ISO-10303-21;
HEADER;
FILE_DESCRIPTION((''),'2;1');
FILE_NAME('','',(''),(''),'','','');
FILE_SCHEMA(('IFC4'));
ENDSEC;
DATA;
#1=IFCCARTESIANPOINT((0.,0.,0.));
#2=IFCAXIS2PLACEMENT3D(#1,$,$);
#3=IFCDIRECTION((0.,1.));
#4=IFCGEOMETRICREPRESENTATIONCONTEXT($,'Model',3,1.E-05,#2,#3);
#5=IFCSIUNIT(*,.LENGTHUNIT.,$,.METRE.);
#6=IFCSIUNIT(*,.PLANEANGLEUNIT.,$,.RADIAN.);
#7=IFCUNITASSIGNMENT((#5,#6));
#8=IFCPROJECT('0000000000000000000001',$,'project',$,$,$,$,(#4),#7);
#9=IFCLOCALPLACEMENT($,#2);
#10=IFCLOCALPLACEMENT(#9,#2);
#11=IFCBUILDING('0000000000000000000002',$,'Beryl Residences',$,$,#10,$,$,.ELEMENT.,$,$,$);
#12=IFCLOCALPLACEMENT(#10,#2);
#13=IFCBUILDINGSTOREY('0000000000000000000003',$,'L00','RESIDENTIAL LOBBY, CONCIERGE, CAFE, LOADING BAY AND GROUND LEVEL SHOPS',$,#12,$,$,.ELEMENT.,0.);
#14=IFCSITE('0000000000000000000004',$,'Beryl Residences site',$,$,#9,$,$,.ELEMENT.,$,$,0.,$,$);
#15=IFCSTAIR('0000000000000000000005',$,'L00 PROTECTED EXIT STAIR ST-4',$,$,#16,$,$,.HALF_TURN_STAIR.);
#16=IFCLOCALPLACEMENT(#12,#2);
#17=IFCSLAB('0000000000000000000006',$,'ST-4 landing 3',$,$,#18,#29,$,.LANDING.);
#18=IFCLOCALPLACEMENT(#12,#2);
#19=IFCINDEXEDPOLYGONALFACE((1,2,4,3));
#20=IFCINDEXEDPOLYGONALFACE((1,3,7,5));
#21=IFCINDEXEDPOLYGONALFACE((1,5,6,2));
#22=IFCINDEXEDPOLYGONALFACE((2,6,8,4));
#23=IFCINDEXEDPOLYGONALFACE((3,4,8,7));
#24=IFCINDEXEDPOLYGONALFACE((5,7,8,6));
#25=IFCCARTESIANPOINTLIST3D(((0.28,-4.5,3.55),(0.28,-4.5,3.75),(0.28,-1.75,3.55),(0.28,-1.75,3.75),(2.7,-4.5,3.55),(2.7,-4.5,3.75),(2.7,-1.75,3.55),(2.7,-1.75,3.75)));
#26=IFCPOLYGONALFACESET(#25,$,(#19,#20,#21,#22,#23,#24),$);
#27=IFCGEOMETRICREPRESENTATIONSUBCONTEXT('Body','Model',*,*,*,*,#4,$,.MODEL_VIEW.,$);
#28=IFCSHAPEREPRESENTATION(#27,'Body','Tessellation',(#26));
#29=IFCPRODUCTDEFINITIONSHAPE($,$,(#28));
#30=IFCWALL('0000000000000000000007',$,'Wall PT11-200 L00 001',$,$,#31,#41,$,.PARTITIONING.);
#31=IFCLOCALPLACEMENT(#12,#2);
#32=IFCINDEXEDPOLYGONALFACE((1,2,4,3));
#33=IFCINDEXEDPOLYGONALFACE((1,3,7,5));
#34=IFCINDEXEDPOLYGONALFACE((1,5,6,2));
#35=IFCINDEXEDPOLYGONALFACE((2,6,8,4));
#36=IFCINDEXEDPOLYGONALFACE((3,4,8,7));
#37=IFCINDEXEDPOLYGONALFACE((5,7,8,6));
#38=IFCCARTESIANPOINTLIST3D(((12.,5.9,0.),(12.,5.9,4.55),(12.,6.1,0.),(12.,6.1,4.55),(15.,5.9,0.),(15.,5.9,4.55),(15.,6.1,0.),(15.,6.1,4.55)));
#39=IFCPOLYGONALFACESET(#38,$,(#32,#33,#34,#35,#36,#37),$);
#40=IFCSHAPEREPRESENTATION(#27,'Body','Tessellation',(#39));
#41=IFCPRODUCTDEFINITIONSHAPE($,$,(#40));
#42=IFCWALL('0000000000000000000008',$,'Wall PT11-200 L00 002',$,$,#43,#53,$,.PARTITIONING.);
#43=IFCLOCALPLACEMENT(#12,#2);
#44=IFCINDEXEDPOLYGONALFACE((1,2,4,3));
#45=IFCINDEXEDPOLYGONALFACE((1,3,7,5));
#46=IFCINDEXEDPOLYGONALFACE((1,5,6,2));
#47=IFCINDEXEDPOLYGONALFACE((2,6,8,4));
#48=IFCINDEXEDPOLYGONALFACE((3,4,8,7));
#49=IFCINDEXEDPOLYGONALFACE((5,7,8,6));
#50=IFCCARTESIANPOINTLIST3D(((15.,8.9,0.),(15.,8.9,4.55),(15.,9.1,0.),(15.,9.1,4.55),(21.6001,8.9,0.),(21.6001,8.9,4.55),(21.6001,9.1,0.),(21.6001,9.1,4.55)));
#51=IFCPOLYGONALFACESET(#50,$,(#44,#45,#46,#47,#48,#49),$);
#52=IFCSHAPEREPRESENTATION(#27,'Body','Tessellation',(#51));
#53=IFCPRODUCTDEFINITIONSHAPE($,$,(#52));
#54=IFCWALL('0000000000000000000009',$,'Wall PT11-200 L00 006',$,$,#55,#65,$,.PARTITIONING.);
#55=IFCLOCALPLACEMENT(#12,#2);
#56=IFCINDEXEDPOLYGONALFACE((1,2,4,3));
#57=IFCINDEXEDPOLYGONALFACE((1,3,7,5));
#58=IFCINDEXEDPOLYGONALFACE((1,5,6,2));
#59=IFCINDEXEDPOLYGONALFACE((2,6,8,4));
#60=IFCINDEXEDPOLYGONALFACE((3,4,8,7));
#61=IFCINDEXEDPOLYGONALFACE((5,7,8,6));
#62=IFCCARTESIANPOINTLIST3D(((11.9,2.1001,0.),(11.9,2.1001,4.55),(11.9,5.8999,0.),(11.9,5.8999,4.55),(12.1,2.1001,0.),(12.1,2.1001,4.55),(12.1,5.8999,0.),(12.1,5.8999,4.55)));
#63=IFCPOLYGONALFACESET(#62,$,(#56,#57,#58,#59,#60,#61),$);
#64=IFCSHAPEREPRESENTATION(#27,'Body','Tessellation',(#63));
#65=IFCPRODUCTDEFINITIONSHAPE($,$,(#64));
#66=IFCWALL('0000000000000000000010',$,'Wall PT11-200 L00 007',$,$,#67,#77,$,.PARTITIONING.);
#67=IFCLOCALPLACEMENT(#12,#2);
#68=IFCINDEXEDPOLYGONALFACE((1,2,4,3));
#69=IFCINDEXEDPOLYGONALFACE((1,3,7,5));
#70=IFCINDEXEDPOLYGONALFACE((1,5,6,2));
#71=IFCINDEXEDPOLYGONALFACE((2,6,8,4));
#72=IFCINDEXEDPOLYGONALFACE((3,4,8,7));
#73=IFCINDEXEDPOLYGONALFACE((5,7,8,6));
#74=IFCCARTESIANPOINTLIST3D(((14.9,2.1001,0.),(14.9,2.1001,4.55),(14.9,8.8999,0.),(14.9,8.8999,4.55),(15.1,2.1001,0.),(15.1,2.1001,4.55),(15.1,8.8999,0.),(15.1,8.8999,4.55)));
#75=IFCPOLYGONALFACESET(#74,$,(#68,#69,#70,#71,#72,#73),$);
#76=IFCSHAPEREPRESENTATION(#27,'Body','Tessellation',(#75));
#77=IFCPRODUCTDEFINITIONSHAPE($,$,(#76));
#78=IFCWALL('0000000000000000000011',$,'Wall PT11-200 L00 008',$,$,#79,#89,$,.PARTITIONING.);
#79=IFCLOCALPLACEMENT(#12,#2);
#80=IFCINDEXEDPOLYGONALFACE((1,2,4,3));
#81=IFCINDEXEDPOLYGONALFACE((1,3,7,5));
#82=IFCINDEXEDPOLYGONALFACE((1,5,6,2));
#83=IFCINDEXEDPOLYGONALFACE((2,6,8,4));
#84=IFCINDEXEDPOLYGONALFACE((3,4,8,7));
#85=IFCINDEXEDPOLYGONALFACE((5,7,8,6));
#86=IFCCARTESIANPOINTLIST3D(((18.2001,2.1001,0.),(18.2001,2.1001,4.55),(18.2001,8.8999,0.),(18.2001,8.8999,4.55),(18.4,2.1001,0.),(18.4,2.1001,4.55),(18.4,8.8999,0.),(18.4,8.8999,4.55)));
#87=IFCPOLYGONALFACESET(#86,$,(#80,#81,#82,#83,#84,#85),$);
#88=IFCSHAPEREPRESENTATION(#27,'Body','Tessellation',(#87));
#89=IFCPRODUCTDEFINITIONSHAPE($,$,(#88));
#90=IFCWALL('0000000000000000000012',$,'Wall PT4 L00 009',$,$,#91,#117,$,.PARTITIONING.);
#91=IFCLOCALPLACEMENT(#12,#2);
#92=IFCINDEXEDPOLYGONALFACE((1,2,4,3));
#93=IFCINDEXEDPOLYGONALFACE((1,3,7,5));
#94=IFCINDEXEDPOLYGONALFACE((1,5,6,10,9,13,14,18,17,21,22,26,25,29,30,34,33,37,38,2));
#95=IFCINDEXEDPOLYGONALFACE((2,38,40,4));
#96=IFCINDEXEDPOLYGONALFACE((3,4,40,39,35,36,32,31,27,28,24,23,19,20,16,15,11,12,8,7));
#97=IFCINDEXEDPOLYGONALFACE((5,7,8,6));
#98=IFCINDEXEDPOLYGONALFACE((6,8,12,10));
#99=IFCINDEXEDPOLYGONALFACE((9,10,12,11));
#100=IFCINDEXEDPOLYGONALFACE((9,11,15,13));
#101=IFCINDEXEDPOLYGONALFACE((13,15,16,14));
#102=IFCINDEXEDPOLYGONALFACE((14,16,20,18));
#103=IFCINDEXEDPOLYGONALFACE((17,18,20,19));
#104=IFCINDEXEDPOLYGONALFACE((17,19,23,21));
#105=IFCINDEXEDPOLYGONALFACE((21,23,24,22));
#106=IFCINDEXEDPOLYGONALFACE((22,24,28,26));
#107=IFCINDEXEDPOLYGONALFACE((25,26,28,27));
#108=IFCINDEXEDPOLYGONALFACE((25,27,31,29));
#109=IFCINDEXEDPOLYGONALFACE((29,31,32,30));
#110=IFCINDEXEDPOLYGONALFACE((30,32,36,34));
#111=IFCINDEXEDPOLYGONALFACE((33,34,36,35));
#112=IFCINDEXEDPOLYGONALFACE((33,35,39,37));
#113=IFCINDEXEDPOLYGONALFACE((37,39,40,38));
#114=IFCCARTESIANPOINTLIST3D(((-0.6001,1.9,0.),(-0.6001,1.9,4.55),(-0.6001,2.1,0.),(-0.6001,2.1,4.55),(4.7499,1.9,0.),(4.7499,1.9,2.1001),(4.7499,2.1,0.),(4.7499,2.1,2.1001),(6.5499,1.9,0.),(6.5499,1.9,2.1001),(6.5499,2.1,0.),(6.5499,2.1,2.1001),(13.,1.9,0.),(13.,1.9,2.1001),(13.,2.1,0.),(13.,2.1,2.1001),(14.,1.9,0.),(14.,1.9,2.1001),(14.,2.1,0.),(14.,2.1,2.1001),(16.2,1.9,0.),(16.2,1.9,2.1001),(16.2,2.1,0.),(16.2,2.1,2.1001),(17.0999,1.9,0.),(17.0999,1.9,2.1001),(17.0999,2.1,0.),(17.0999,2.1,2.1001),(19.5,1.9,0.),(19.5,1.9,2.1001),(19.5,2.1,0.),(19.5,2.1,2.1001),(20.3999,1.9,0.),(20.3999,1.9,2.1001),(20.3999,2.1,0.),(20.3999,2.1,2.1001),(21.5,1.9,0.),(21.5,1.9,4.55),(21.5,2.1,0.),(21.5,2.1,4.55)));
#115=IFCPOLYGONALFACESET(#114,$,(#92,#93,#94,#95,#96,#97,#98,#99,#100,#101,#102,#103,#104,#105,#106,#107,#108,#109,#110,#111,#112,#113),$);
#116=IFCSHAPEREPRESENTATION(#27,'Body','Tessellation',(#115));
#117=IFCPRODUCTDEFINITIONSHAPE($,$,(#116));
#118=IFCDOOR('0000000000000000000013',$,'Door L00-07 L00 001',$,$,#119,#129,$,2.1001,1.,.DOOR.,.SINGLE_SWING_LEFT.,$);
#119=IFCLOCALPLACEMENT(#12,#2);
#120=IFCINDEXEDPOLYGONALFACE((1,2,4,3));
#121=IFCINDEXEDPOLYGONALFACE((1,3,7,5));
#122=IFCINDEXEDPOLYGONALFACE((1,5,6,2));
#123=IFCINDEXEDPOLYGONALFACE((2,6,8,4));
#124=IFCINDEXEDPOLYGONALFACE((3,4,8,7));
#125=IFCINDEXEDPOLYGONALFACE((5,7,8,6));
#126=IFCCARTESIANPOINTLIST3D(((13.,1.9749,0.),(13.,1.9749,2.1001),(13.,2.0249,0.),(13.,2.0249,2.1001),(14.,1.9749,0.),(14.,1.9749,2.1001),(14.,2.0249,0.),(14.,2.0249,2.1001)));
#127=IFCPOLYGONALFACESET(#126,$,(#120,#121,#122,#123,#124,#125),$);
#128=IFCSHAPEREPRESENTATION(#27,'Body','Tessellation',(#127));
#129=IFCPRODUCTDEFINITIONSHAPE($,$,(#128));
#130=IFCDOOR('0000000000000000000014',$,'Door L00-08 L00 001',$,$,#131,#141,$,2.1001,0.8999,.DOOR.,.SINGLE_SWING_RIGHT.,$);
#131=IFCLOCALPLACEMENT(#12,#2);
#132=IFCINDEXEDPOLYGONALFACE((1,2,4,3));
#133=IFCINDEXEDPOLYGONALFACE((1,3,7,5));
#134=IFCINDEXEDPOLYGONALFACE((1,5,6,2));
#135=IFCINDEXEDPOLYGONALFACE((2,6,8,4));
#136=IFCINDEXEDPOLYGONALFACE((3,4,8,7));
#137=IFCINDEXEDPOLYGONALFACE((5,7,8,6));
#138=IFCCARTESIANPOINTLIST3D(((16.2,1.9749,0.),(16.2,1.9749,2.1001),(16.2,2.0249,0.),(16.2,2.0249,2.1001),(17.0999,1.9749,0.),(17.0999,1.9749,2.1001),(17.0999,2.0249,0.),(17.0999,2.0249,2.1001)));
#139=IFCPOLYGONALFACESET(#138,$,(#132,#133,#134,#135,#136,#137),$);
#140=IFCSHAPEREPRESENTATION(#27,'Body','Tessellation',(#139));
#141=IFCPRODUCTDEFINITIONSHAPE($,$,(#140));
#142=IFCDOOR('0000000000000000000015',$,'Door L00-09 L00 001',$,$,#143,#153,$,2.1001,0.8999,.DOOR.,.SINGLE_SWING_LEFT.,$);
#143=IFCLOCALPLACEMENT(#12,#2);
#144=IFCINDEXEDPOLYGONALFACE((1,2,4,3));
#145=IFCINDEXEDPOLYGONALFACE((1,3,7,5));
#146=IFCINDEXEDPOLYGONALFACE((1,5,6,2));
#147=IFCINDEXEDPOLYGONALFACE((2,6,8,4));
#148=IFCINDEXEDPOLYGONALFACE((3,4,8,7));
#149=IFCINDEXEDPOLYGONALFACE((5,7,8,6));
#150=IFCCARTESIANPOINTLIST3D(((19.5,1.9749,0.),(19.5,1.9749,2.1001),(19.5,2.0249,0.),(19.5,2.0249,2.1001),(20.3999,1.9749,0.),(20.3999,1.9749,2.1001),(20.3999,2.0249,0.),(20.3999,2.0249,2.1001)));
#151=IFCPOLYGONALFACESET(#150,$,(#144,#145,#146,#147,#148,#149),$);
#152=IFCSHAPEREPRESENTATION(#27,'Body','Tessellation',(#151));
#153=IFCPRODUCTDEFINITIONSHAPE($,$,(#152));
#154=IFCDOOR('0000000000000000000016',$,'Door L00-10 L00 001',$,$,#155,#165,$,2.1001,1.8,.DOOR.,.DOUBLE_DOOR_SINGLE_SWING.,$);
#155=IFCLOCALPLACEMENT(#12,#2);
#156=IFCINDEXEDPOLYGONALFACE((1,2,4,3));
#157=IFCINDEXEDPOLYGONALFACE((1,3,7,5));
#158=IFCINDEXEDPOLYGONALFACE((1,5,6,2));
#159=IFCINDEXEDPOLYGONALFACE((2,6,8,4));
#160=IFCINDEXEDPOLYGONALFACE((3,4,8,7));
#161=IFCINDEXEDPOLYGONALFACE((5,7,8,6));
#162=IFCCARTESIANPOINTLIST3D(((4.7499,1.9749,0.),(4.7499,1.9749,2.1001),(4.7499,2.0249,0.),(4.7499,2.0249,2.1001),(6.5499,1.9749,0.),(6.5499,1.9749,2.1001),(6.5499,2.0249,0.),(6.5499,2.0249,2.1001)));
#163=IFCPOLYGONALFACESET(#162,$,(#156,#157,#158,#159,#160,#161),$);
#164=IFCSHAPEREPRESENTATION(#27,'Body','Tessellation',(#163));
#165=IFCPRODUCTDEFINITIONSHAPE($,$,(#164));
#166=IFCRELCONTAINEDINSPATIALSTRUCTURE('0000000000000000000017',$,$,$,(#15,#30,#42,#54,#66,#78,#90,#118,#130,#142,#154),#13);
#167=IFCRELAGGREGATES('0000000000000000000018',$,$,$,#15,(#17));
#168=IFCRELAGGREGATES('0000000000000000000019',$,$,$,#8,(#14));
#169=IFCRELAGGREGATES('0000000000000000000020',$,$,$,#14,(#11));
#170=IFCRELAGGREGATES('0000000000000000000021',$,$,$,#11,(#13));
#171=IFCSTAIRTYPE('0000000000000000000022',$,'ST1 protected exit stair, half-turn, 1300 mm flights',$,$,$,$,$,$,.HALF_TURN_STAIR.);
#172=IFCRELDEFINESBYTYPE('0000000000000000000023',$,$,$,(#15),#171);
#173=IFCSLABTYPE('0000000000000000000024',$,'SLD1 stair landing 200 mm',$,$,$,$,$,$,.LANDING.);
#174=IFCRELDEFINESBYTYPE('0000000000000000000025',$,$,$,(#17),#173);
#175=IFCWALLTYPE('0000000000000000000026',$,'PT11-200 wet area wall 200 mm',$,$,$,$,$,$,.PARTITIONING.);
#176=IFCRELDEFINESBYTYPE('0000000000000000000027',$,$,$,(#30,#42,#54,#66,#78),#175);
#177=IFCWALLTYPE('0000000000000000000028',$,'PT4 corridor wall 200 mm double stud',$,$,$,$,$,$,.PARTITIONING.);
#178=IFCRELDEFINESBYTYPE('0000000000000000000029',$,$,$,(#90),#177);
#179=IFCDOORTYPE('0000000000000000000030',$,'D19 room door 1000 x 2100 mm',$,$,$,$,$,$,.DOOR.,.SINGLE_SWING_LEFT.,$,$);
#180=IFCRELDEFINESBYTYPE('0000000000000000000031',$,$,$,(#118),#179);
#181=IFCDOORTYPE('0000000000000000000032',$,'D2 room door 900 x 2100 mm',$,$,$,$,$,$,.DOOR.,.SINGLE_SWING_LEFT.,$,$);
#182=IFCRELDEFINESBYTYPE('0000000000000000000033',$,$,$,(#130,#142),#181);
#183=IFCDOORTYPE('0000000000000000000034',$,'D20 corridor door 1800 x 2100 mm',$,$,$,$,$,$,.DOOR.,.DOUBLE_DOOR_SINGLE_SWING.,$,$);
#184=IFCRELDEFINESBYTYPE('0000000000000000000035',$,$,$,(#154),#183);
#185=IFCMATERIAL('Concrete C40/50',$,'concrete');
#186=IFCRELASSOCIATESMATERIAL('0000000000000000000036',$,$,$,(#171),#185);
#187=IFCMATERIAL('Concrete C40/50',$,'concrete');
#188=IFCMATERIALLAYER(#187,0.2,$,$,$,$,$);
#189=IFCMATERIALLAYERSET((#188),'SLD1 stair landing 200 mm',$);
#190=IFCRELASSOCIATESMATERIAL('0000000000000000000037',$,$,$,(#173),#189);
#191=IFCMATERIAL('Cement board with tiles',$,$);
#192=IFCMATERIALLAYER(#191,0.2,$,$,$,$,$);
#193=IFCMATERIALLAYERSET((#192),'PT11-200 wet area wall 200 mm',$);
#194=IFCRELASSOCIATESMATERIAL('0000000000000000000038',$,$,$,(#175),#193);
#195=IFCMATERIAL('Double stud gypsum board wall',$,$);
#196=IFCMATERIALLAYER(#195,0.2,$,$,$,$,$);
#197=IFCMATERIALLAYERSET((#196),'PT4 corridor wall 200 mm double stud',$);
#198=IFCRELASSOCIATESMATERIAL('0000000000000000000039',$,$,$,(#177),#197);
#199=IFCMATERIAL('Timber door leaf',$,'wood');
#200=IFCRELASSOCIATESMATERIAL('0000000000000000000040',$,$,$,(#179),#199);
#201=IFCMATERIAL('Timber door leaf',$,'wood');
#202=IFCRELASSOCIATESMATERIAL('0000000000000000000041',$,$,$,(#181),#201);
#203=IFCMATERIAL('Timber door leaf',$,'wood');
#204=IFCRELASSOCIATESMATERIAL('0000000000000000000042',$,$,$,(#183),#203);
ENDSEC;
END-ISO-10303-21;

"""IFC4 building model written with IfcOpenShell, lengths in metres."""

from ifc_helpers import new_model, si_unit, direction, frame, frame_2d, origin, place, context, subcontext, project, spatial, polyline, rectangle, outline, extrude, material, layer, layer_set, type_object, element, fill, aggregate, save


model = new_model("IFC4")

# Units and contexts
model_context = context("Model", 3, precision=1e-05, world=origin(), true_north=direction((0.0, 1.0)))
body_context = subcontext(model_context, "Body", "Model", "MODEL_VIEW")
ifc_project = project(units=[si_unit("LENGTHUNIT", "METRE"), si_unit("PLANEANGLEUNIT", "RADIAN")], contexts=[model_context])

# Site, building, storey
site_placement = place(None, origin())
site = spatial("IfcSite", under=ifc_project, at=site_placement, Name="Beryl Residences site", CompositionType="ELEMENT", RefElevation=0.0)
building_placement = place(site_placement, origin())
building = spatial("IfcBuilding", under=site, at=building_placement, Name="Beryl Residences", CompositionType="ELEMENT")
storey_placement = place(building_placement, origin())
storey = spatial("IfcBuildingStorey", under=building, at=storey_placement, Name="L00", Description="RESIDENTIAL LOBBY, CONCIERGE, CAFE, LOADING BAY AND GROUND LEVEL SHOPS", CompositionType="ELEMENT", Elevation=0.0)

# Stair, slab
ifc_material_1 = material(Name="Concrete C40/50", Category="concrete")
stair_type = type_object("IfcStairType", Name="ST1 protected exit stair, half-turn, 1300 mm flights", PredefinedType="HALF_TURN_STAIR", material=ifc_material_1)
ifc_material_2 = material(Name="Concrete C40/50", Category="concrete")
ifc_layer_1 = layer(ifc_material_2, 0.2)
ifc_layer_set_1 = layer_set([ifc_layer_1], Name="SLD1 stair landing 200 mm")
slab_type = type_object("IfcSlabType", Name="SLD1 stair landing 200 mm", PredefinedType="LANDING", material=ifc_layer_set_1)
stair_1_placement = place(storey_placement, origin())
stair_1 = element("IfcStair", 1, at=stair_1_placement, inside=storey, type_object=stair_type, Name="L00 PROTECTED EXIT STAIR ST-4", PredefinedType="HALF_TURN_STAIR")
slab_1_placement = place(storey_placement, frame((0.0, 0.0, 3.55)))
slab_1 = element("IfcSlab", 2, at=slab_1_placement, type_object=slab_type, Name="ST-4 landing 3", PredefinedType="LANDING", context=body_context, shape_type="SweptSolid", body=[
    extrude(outline(polyline([(0.28, -4.5), (2.7, -4.5), (2.7, -1.75), (0.28, -1.75), (0.28, -4.5)])), origin(), (0.0, 0.0, 1.0), 0.2),
])
aggregate(stair_1, [slab_1])

# Walls
ifc_material_3 = material(Name="Cement board with tiles")
ifc_layer_2 = layer(ifc_material_3, 0.2)
ifc_layer_set_2 = layer_set([ifc_layer_2], Name="PT11-200 wet area wall 200 mm")
wall_type_1 = type_object("IfcWallType", Name="PT11-200 wet area wall 200 mm", PredefinedType="PARTITIONING", material=ifc_layer_set_2)
wall_1_placement = place(storey_placement, frame((12.0, 6.0, 0.0), z_axis=(0.0, 0.0, 1.0), x_axis=(1.0, 0.0, 0.0)))
element("IfcWall", 3, at=wall_1_placement, inside=storey, type_object=wall_type_1, Name="Wall PT11-200 L00 001", PredefinedType="PARTITIONING", context=body_context, shape_type="SweptSolid", body=[
    extrude(rectangle(XDim=3.0, YDim=0.2, at=frame_2d((1.5, 0.0))), origin(), (0.0, 0.0, 1.0), 4.55),
])
wall_2_placement = place(storey_placement, frame((15.0, 9.0, 0.0), z_axis=(0.0, 0.0, 1.0), x_axis=(1.0, 0.0, 0.0)))
element("IfcWall", 4, at=wall_2_placement, inside=storey, type_object=wall_type_1, Name="Wall PT11-200 L00 002", PredefinedType="PARTITIONING", context=body_context, shape_type="SweptSolid", body=[
    extrude(rectangle(XDim=6.6001, YDim=0.2, at=frame_2d((3.3, 0.0))), origin(), (0.0, 0.0, 1.0), 4.55),
])
wall_3_placement = place(storey_placement, frame((12.0, 2.1001, 0.0), z_axis=(0.0, 0.0, 1.0), x_axis=(0.0, 1.0, 0.0)))
element("IfcWall", 5, at=wall_3_placement, inside=storey, type_object=wall_type_1, Name="Wall PT11-200 L00 006", PredefinedType="PARTITIONING", context=body_context, shape_type="SweptSolid", body=[
    extrude(rectangle(XDim=3.7998, YDim=0.2, at=frame_2d((1.8999, 0.0))), origin(), (0.0, 0.0, 1.0), 4.55),
])
for number, where, z_axis, x_axis, name in (
    (6, (15.0, 2.1001, 0.0), (0.0, 0.0, 1.0), (0.0, 1.0, 0.0), "Wall PT11-200 L00 007"),
    (7, (18.3, 2.1001, 0.0), (0.0, 0.0, 1.0), (0.0, 1.0, 0.0), "Wall PT11-200 L00 008"),
):
    element("IfcWall", number, at=place(storey_placement, frame(where, z_axis=z_axis, x_axis=x_axis)), inside=storey, type_object=wall_type_1, Name=name, PredefinedType="PARTITIONING", context=body_context, shape_type="SweptSolid", body=[
        extrude(rectangle(XDim=6.7998, YDim=0.2, at=frame_2d((3.3999, 0.0))), origin(), (0.0, 0.0, 1.0), 4.55),
    ])

# Wall, openings, doors
ifc_material_4 = material(Name="Double stud gypsum board wall")
ifc_layer_3 = layer(ifc_material_4, 0.2)
ifc_layer_set_3 = layer_set([ifc_layer_3], Name="PT4 corridor wall 200 mm double stud")
wall_type_2 = type_object("IfcWallType", Name="PT4 corridor wall 200 mm double stud", PredefinedType="PARTITIONING", material=ifc_layer_set_3)
wall_4_placement = place(storey_placement, frame((-0.6001, 2.0, 0.0), z_axis=(0.0, 0.0, 1.0), x_axis=(1.0, 0.0, 0.0)))
wall_4 = element("IfcWall", 8, at=wall_4_placement, inside=storey, type_object=wall_type_2, Name="Wall PT4 L00 009", PredefinedType="PARTITIONING", context=body_context, shape_type="SweptSolid", body=[
    extrude(rectangle(XDim=22.1001, YDim=0.2, at=frame_2d((11.05, 0.0))), origin(), (0.0, 0.0, 1.0), 4.55),
])
opening_1_placement = place(wall_4_placement, frame((13.6001, 0.0, 0.0)))
opening_1 = element("IfcOpeningElement", 9, at=opening_1_placement, cuts=wall_4, PredefinedType="OPENING", context=body_context, shape_type="SweptSolid", body=[
    extrude(rectangle(XDim=1.0, YDim=2.1001, at=frame_2d((0.5, 1.05))), frame((0.0, 0.1099, 0.0), z_axis=(0.0, -1.0, 0.0), x_axis=(1.0, 0.0, 0.0)), (0.0, 0.0, 1.0), 0.22),
])
opening_2_placement = place(wall_4_placement, frame((16.8, 0.0, 0.0)))
opening_2 = element("IfcOpeningElement", 10, at=opening_2_placement, cuts=wall_4, PredefinedType="OPENING", context=body_context, shape_type="SweptSolid", body=[
    extrude(rectangle(XDim=0.8999, YDim=2.1001, at=frame_2d((0.45, 1.05))), frame((0.0, 0.1099, 0.0), z_axis=(0.0, -1.0, 0.0), x_axis=(1.0, 0.0, 0.0)), (0.0, 0.0, 1.0), 0.22),
])
opening_3_placement = place(wall_4_placement, frame((20.1001, 0.0, 0.0)))
opening_3 = element("IfcOpeningElement", 11, at=opening_3_placement, cuts=wall_4, PredefinedType="OPENING", context=body_context, shape_type="SweptSolid", body=[
    extrude(rectangle(XDim=0.8999, YDim=2.1001, at=frame_2d((0.45, 1.05))), frame((0.0, 0.1099, 0.0), z_axis=(0.0, -1.0, 0.0), x_axis=(1.0, 0.0, 0.0)), (0.0, 0.0, 1.0), 0.22),
])
opening_4_placement = place(wall_4_placement, frame((5.3501, 0.0, 0.0)))
opening_4 = element("IfcOpeningElement", 12, at=opening_4_placement, cuts=wall_4, PredefinedType="OPENING", context=body_context, shape_type="SweptSolid", body=[
    extrude(rectangle(XDim=1.8, YDim=2.1001, at=frame_2d((0.8999, 1.05))), frame((0.0, 0.1099, 0.0), z_axis=(0.0, -1.0, 0.0), x_axis=(1.0, 0.0, 0.0)), (0.0, 0.0, 1.0), 0.22),
])
ifc_material_5 = material(Name="Timber door leaf", Category="wood")
door_type_1 = type_object("IfcDoorType", Name="D19 room door 1000 x 2100 mm", OperationType="SINGLE_SWING_LEFT", PredefinedType="DOOR", material=ifc_material_5)
door_1_placement = place(opening_1_placement, origin())
door_1 = element("IfcDoor", 13, at=door_1_placement, inside=storey, type_object=door_type_1, Name="Door L00-07 L00 001", OperationType="SINGLE_SWING_LEFT", OverallHeight=2.1001, OverallWidth=1.0, PredefinedType="DOOR", context=body_context, shape_type="SweptSolid", body=[
    extrude(rectangle(XDim=1.0, YDim=2.1001, at=frame_2d((0.5, 1.05))), frame((0.0, 0.0249, 0.0), z_axis=(0.0, -1.0, 0.0), x_axis=(1.0, 0.0, 0.0)), (0.0, 0.0, 1.0), 0.05),
])
fill(opening_1, door_1)
ifc_material_6 = material(Name="Timber door leaf", Category="wood")
door_type_2 = type_object("IfcDoorType", Name="D2 room door 900 x 2100 mm", OperationType="SINGLE_SWING_LEFT", PredefinedType="DOOR", material=ifc_material_6)
door_2_placement = place(opening_2_placement, origin())
door_2 = element("IfcDoor", 14, at=door_2_placement, inside=storey, type_object=door_type_2, Name="Door L00-08 L00 001", OperationType="SINGLE_SWING_RIGHT", OverallHeight=2.1001, OverallWidth=0.8999, PredefinedType="DOOR", context=body_context, shape_type="SweptSolid", body=[
    extrude(rectangle(XDim=0.8999, YDim=2.1001, at=frame_2d((0.45, 1.05))), frame((0.0, 0.0249, 0.0), z_axis=(0.0, -1.0, 0.0), x_axis=(1.0, 0.0, 0.0)), (0.0, 0.0, 1.0), 0.05),
])
fill(opening_2, door_2)
door_3_placement = place(opening_3_placement, origin())
door_3 = element("IfcDoor", 15, at=door_3_placement, inside=storey, type_object=door_type_2, Name="Door L00-09 L00 001", OperationType="SINGLE_SWING_LEFT", OverallHeight=2.1001, OverallWidth=0.8999, PredefinedType="DOOR", context=body_context, shape_type="SweptSolid", body=[
    extrude(rectangle(XDim=0.8999, YDim=2.1001, at=frame_2d((0.45, 1.05))), frame((0.0, 0.0249, 0.0), z_axis=(0.0, -1.0, 0.0), x_axis=(1.0, 0.0, 0.0)), (0.0, 0.0, 1.0), 0.05),
])
fill(opening_3, door_3)
ifc_material_7 = material(Name="Timber door leaf", Category="wood")
door_type_3 = type_object("IfcDoorType", Name="D20 corridor door 1800 x 2100 mm", OperationType="DOUBLE_DOOR_SINGLE_SWING", PredefinedType="DOOR", material=ifc_material_7)
door_4_placement = place(opening_4_placement, origin())
door_4 = element("IfcDoor", 16, at=door_4_placement, inside=storey, type_object=door_type_3, Name="Door L00-10 L00 001", OperationType="DOUBLE_DOOR_SINGLE_SWING", OverallHeight=2.1001, OverallWidth=1.8, PredefinedType="DOOR", context=body_context, shape_type="SweptSolid", body=[
    extrude(rectangle(XDim=1.8, YDim=2.1001, at=frame_2d((0.8999, 1.05))), frame((0.0, 0.0249, 0.0), z_axis=(0.0, -1.0, 0.0), x_axis=(1.0, 0.0, 0.0)), (0.0, 0.0, 1.0), 0.05),
])
fill(opening_4, door_4)

save(model, "model.ifc")
